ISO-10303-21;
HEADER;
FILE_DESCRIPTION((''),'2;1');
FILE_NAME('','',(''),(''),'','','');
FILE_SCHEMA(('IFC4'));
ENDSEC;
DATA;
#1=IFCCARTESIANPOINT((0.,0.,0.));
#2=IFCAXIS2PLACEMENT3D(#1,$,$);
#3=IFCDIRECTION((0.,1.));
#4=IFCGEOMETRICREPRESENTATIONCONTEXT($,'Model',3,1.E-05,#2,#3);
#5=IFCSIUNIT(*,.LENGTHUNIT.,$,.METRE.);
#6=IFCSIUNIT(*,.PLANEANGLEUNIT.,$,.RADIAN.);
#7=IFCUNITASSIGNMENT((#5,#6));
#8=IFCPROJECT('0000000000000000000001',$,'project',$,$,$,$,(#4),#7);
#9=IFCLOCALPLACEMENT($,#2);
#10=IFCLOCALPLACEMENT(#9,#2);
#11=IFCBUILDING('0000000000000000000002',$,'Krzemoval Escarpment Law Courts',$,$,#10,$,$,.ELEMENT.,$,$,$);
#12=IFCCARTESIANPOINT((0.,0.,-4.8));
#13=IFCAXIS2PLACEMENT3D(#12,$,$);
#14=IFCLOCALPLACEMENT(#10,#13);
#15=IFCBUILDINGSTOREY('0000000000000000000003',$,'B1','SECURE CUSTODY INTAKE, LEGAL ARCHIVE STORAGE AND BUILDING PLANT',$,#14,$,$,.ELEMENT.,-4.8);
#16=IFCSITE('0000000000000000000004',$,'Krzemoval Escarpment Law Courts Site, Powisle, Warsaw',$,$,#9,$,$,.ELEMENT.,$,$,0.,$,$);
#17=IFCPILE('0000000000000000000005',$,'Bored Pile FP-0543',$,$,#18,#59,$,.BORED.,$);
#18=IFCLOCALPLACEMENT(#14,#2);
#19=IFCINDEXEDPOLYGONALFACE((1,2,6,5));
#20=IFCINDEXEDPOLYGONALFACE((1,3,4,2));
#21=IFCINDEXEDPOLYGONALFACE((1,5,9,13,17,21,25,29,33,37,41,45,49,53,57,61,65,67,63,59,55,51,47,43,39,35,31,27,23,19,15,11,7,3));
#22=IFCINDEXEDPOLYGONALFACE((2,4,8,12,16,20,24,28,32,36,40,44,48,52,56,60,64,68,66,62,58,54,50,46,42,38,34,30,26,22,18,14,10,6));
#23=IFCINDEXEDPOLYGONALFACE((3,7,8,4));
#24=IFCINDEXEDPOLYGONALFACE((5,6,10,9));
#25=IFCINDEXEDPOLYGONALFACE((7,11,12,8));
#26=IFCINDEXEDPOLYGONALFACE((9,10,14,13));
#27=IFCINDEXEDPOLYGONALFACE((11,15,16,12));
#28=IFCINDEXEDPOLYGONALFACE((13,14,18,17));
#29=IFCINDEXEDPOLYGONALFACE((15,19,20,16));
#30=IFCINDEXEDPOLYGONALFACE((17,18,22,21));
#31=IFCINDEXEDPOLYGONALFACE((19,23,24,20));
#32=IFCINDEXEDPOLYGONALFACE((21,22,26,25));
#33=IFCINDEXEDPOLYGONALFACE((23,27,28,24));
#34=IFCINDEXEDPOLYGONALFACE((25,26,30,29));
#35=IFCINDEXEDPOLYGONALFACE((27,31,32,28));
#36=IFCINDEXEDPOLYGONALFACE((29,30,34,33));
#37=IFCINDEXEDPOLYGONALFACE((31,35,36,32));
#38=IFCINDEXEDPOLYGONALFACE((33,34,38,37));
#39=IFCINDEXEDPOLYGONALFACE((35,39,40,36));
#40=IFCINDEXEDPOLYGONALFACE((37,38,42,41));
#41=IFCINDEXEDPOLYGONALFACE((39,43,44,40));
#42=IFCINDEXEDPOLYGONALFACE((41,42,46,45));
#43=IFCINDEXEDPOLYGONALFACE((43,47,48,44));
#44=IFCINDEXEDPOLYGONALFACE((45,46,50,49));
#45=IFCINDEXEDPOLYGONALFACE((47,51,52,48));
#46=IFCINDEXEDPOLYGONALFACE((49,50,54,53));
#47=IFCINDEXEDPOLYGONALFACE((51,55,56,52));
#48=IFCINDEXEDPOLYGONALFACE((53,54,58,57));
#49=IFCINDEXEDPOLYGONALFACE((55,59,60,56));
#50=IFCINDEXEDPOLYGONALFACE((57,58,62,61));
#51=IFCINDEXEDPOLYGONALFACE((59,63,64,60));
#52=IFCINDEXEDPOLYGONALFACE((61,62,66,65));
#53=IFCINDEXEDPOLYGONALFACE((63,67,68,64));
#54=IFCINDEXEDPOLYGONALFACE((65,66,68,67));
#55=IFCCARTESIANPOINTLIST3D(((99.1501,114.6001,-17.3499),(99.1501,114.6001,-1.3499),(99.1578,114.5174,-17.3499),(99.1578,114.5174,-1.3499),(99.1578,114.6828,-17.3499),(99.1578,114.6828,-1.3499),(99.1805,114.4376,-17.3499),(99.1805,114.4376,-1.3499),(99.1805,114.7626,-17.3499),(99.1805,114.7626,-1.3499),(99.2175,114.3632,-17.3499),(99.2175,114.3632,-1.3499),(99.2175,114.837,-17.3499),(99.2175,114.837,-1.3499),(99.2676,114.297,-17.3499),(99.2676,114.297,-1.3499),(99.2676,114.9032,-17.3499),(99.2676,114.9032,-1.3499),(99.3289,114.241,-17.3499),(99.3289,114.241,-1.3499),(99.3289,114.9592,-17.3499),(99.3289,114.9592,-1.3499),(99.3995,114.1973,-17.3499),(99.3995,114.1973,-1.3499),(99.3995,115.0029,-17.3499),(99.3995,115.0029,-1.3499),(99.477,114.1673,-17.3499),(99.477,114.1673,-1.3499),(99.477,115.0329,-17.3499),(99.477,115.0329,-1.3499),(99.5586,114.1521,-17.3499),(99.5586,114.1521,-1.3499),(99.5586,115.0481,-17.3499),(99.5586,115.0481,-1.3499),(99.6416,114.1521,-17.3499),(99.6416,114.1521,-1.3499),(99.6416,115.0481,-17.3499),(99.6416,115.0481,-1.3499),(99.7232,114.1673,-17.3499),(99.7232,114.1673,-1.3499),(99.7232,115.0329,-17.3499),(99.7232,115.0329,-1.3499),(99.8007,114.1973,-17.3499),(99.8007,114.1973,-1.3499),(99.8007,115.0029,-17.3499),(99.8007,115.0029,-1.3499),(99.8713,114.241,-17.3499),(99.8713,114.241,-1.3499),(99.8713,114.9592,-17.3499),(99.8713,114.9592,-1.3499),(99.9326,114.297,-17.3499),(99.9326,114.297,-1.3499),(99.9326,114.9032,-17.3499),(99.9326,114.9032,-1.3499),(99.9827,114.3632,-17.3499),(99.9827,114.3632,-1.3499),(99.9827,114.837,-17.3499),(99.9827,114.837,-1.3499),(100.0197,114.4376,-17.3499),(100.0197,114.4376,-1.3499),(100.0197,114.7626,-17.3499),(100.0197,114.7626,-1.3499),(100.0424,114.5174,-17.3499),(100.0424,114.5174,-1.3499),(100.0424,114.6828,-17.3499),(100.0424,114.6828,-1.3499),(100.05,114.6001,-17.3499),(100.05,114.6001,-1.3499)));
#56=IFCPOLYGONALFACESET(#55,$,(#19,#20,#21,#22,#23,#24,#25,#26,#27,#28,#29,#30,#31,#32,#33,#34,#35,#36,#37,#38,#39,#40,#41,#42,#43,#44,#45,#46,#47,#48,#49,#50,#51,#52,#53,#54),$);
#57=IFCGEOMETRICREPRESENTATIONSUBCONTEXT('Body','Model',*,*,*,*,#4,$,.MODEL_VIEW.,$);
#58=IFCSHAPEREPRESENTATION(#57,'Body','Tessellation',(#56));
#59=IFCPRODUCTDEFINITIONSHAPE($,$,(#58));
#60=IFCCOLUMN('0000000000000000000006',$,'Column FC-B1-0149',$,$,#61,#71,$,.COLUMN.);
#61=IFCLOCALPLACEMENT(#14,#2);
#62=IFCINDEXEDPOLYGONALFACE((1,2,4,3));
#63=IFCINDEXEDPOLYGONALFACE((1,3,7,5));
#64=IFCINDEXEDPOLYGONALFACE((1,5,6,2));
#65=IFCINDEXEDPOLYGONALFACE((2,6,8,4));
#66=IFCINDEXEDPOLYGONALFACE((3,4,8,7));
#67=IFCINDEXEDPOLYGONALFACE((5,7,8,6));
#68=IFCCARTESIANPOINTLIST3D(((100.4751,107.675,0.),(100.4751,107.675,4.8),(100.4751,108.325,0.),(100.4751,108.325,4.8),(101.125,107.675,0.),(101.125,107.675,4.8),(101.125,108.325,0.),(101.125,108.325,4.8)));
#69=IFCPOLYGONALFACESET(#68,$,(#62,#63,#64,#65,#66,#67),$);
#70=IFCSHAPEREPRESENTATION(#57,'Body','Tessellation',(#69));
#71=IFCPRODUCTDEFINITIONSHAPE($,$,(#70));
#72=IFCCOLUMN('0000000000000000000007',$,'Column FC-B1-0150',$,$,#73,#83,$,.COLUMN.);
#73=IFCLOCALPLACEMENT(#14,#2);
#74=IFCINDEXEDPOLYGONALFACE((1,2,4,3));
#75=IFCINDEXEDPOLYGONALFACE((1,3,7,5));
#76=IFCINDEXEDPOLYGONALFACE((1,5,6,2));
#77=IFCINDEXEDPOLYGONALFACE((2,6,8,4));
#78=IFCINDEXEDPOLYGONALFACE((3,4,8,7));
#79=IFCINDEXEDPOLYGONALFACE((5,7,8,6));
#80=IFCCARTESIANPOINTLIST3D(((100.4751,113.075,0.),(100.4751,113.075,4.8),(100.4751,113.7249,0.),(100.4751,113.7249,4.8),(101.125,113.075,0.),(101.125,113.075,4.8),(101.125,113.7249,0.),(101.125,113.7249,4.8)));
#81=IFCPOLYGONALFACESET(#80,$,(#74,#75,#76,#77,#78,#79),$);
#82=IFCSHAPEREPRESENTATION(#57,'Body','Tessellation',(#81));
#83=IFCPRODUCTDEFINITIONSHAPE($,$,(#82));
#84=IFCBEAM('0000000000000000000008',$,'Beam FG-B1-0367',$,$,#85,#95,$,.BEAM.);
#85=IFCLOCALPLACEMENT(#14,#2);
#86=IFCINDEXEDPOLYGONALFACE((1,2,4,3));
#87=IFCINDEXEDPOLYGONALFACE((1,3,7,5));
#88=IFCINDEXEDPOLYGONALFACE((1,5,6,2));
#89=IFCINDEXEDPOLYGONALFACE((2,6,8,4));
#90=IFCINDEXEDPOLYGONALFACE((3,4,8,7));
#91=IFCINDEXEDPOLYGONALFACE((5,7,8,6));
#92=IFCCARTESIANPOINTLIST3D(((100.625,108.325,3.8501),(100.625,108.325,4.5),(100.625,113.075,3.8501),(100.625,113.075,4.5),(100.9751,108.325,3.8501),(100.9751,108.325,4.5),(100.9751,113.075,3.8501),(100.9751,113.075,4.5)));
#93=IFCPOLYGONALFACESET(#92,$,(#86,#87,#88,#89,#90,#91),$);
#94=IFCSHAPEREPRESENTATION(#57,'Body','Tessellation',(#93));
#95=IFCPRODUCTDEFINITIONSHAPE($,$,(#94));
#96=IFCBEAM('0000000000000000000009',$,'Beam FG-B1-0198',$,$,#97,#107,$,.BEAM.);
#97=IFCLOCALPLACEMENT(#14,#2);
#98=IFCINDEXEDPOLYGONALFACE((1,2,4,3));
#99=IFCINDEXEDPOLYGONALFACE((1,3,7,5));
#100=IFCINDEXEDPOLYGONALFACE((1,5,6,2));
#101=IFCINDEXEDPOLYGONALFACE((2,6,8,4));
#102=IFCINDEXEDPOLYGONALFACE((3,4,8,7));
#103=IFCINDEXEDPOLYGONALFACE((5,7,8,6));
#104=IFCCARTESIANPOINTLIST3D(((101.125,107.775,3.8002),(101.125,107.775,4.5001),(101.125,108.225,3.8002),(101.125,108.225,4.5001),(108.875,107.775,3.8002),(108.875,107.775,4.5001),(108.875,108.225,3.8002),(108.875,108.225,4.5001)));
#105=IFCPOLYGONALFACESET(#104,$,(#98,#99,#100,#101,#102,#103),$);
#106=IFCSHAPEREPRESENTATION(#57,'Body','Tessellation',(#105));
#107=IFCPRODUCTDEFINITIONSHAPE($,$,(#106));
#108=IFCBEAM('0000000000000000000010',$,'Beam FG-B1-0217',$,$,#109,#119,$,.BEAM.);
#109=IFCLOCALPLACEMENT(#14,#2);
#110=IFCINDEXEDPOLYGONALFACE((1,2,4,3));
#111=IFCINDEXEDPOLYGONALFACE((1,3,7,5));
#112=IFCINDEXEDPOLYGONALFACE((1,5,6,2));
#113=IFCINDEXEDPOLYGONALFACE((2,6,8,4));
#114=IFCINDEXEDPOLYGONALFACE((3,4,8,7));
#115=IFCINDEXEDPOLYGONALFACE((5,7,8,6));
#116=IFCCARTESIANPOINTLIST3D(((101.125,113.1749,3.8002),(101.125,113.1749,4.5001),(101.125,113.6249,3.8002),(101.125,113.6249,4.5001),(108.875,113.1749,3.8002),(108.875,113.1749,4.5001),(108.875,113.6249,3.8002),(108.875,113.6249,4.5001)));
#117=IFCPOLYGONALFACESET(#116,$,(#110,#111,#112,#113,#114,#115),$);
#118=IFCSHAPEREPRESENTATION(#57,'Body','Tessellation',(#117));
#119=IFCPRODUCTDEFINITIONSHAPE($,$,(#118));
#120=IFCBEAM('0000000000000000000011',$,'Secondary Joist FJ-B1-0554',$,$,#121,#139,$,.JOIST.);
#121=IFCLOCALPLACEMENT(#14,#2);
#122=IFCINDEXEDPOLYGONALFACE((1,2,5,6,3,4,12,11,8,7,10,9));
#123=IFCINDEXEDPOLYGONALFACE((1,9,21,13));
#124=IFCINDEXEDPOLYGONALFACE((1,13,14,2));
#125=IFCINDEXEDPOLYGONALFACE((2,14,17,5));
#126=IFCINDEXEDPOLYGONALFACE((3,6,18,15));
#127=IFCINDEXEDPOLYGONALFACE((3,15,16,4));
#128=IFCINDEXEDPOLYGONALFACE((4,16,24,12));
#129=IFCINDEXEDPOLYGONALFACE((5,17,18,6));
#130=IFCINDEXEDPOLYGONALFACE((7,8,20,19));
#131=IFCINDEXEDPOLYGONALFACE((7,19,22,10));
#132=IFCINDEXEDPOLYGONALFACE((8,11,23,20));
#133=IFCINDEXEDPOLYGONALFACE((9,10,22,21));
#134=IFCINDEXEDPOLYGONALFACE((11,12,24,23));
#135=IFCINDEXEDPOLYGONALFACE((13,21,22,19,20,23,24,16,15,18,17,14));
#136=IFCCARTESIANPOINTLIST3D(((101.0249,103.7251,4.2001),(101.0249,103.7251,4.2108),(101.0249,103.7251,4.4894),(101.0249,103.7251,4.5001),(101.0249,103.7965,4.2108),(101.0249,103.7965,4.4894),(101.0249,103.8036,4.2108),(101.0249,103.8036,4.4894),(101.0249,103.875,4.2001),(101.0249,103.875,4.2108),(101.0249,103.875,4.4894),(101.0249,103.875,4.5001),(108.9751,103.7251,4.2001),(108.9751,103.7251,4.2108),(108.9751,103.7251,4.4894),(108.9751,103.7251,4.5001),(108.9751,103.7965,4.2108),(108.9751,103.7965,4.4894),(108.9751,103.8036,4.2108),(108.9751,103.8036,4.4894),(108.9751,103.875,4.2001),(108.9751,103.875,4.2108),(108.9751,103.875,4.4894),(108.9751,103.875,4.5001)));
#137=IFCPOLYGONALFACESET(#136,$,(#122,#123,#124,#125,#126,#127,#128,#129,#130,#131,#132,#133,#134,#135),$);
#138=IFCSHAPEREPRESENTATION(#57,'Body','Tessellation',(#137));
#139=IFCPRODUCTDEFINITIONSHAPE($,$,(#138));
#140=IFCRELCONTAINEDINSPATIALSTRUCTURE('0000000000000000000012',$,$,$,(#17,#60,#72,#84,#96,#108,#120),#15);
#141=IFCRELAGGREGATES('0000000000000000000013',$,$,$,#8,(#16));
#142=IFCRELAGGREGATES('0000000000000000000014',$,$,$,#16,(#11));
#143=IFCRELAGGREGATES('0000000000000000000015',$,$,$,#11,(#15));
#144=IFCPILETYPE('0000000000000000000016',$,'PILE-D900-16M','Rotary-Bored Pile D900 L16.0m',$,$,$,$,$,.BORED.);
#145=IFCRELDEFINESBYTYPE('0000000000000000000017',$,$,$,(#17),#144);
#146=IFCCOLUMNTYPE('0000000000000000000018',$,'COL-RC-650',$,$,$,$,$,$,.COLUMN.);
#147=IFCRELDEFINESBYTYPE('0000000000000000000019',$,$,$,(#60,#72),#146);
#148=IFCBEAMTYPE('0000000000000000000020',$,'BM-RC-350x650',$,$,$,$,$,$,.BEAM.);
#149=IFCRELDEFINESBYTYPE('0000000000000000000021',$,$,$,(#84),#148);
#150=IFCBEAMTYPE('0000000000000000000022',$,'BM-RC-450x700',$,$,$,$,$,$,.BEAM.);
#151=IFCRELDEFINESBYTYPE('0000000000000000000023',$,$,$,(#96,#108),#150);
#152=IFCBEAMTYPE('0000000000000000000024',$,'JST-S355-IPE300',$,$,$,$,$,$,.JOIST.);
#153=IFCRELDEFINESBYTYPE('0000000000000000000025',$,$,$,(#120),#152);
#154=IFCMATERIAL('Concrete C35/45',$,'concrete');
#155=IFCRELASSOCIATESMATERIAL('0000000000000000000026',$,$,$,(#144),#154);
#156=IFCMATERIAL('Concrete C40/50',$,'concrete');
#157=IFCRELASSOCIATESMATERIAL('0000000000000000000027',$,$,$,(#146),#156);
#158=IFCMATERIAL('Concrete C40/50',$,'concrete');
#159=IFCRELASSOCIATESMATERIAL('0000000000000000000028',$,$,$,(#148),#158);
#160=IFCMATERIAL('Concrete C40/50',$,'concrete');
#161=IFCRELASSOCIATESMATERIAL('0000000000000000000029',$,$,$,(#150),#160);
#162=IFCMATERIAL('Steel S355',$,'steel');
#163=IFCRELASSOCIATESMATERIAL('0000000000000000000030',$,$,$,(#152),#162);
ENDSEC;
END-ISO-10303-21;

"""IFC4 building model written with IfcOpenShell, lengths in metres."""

from ifc_helpers import new_model, si_unit, direction, frame, origin, origin_2d, place, context, subcontext, project, spatial, rectangle, circle, i_section, extrude, material, material_profile, profile_set, type_object, element, save


model = new_model("IFC4")

# Units and contexts
model_context = context("Model", 3, precision=1e-05, world=origin(), true_north=direction((0.0, 1.0)))
body_context = subcontext(model_context, "Body", "Model", "MODEL_VIEW")
ifc_project = project(units=[si_unit("LENGTHUNIT", "METRE"), si_unit("PLANEANGLEUNIT", "RADIAN")], contexts=[model_context])

# Site, building, storey
site_placement = place(None, origin())
site = spatial("IfcSite", under=ifc_project, at=site_placement, Name="Krzemoval Escarpment Law Courts Site, Powisle, Warsaw", CompositionType="ELEMENT", RefElevation=0.0)
building_placement = place(site_placement, origin())
building = spatial("IfcBuilding", under=site, at=building_placement, Name="Krzemoval Escarpment Law Courts", CompositionType="ELEMENT")
storey_placement = place(building_placement, frame((0.0, 0.0, -4.8)))
storey = spatial("IfcBuildingStorey", under=building, at=storey_placement, Name="B1", Description="SECURE CUSTODY INTAKE, LEGAL ARCHIVE STORAGE AND BUILDING PLANT", CompositionType="ELEMENT", Elevation=-4.8)

# Pile
ifc_material_1 = material(Name="Concrete C35/45", Category="concrete")
ifc_material_profile_1 = material_profile(ifc_material_1, circle(Radius=0.45, at=origin_2d()), Name="PILE D900")
ifc_profile_set_1 = profile_set([ifc_material_profile_1], Name="Concrete C35/45")
pile_type = type_object("IfcPileType", Name="PILE-D900-16M", Description="Rotary-Bored Pile D900 L16.0m", PredefinedType="BORED", material=ifc_profile_set_1)
for number, where, z_axis, x_axis, name in (
    (1, (99.6001, 114.6001, -1.3499), (0.0, 0.0, -1.0), (1.0, 0.0, 0.0), "Bored Pile FP-0543"),
):
    element("IfcPile", number, at=place(storey_placement, frame(where, z_axis=z_axis, x_axis=x_axis)), inside=storey, type_object=pile_type, Name=name, PredefinedType="BORED", context=body_context, shape_type="SweptSolid", body=[
        extrude(circle(Radius=0.45, at=origin_2d()), origin(), (0.0, 0.0, 1.0), 16.0),
    ])

# Columns
ifc_material_2 = material(Name="Concrete C40/50", Category="concrete")
ifc_material_profile_2 = material_profile(ifc_material_2, rectangle(XDim=0.6499, YDim=0.6499, at=origin_2d()), Name="RC 650x650")
ifc_profile_set_2 = profile_set([ifc_material_profile_2], Name="Concrete C40/50")
column_type = type_object("IfcColumnType", Name="COL-RC-650", PredefinedType="COLUMN", material=ifc_profile_set_2)
for number, where, z_axis, x_axis, name in (
    (2, (100.8, 108.0, 0.0), (0.0, 0.0, 1.0), (1.0, 0.0, 0.0), "Column FC-B1-0149"),
    (3, (100.8, 113.3999, 0.0), (0.0, 0.0, 1.0), (1.0, 0.0, 0.0), "Column FC-B1-0150"),
):
    element("IfcColumn", number, at=place(storey_placement, frame(where, z_axis=z_axis, x_axis=x_axis)), inside=storey, type_object=column_type, Name=name, PredefinedType="COLUMN", context=body_context, shape_type="SweptSolid", body=[
        extrude(rectangle(XDim=0.6499, YDim=0.6499, at=origin_2d()), origin(), (0.0, 0.0, 1.0), 4.8),
    ])

# Beams
ifc_material_3 = material(Name="Concrete C40/50", Category="concrete")
ifc_material_profile_3 = material_profile(ifc_material_3, rectangle(XDim=0.3501, YDim=0.6499, at=origin_2d()), Name="RCB 350x650")
ifc_profile_set_3 = profile_set([ifc_material_profile_3], Name="Concrete C40/50")
beam_type_1 = type_object("IfcBeamType", Name="BM-RC-350x650", PredefinedType="BEAM", material=ifc_profile_set_3)
beam_1_placement = place(storey_placement, frame((100.8, 108.325, 4.175), z_axis=(0.0, 1.0, 0.0), x_axis=(-1.0, 0.0, 0.0)))
element("IfcBeam", 4, at=beam_1_placement, inside=storey, type_object=beam_type_1, Name="Beam FG-B1-0367", PredefinedType="BEAM", context=body_context, shape_type="SweptSolid", body=[
    extrude(rectangle(XDim=0.3501, YDim=0.6499, at=origin_2d()), origin(), (0.0, 0.0, 1.0), 4.75),
])
ifc_material_4 = material(Name="Concrete C40/50", Category="concrete")
ifc_material_profile_4 = material_profile(ifc_material_4, rectangle(XDim=0.45, YDim=0.7, at=origin_2d()), Name="RCB 450x700")
ifc_profile_set_4 = profile_set([ifc_material_profile_4], Name="Concrete C40/50")
beam_type_2 = type_object("IfcBeamType", Name="BM-RC-450x700", PredefinedType="BEAM", material=ifc_profile_set_4)
for number, where, z_axis, x_axis, name in (
    (5, (101.125, 108.0, 4.1501), (1.0, 0.0, 0.0), (0.0, 1.0, 0.0), "Beam FG-B1-0198"),
    (6, (101.125, 113.3999, 4.1501), (1.0, 0.0, 0.0), (0.0, 1.0, 0.0), "Beam FG-B1-0217"),
):
    element("IfcBeam", number, at=place(storey_placement, frame(where, z_axis=z_axis, x_axis=x_axis)), inside=storey, type_object=beam_type_2, Name=name, PredefinedType="BEAM", context=body_context, shape_type="SweptSolid", body=[
        extrude(rectangle(XDim=0.45, YDim=0.7, at=origin_2d()), origin(), (0.0, 0.0, 1.0), 7.75),
    ])
ifc_material_5 = material(Name="Steel S355", Category="steel")
ifc_material_profile_5 = material_profile(ifc_material_5, i_section(OverallWidth=0.1499, OverallDepth=0.3, WebThickness=0.0071, FlangeThickness=0.0107, at=origin_2d()), Name="IPE 300")
ifc_profile_set_5 = profile_set([ifc_material_profile_5], Name="Steel S355")
beam_type_3 = type_object("IfcBeamType", Name="JST-S355-IPE300", PredefinedType="JOIST", material=ifc_profile_set_5)
beam_2_placement = place(storey_placement, frame((101.0249, 103.8, 4.3501), z_axis=(1.0, 0.0, 0.0), x_axis=(0.0, 1.0, 0.0)))
element("IfcBeam", 7, at=beam_2_placement, inside=storey, type_object=beam_type_3, Name="Secondary Joist FJ-B1-0554", PredefinedType="JOIST", context=body_context, shape_type="SweptSolid", body=[
    extrude(i_section(OverallWidth=0.1499, OverallDepth=0.3, WebThickness=0.0071, FlangeThickness=0.0107, at=origin_2d()), origin(), (0.0, 0.0, 1.0), 7.9502),
])

save(model, "model.ifc")
